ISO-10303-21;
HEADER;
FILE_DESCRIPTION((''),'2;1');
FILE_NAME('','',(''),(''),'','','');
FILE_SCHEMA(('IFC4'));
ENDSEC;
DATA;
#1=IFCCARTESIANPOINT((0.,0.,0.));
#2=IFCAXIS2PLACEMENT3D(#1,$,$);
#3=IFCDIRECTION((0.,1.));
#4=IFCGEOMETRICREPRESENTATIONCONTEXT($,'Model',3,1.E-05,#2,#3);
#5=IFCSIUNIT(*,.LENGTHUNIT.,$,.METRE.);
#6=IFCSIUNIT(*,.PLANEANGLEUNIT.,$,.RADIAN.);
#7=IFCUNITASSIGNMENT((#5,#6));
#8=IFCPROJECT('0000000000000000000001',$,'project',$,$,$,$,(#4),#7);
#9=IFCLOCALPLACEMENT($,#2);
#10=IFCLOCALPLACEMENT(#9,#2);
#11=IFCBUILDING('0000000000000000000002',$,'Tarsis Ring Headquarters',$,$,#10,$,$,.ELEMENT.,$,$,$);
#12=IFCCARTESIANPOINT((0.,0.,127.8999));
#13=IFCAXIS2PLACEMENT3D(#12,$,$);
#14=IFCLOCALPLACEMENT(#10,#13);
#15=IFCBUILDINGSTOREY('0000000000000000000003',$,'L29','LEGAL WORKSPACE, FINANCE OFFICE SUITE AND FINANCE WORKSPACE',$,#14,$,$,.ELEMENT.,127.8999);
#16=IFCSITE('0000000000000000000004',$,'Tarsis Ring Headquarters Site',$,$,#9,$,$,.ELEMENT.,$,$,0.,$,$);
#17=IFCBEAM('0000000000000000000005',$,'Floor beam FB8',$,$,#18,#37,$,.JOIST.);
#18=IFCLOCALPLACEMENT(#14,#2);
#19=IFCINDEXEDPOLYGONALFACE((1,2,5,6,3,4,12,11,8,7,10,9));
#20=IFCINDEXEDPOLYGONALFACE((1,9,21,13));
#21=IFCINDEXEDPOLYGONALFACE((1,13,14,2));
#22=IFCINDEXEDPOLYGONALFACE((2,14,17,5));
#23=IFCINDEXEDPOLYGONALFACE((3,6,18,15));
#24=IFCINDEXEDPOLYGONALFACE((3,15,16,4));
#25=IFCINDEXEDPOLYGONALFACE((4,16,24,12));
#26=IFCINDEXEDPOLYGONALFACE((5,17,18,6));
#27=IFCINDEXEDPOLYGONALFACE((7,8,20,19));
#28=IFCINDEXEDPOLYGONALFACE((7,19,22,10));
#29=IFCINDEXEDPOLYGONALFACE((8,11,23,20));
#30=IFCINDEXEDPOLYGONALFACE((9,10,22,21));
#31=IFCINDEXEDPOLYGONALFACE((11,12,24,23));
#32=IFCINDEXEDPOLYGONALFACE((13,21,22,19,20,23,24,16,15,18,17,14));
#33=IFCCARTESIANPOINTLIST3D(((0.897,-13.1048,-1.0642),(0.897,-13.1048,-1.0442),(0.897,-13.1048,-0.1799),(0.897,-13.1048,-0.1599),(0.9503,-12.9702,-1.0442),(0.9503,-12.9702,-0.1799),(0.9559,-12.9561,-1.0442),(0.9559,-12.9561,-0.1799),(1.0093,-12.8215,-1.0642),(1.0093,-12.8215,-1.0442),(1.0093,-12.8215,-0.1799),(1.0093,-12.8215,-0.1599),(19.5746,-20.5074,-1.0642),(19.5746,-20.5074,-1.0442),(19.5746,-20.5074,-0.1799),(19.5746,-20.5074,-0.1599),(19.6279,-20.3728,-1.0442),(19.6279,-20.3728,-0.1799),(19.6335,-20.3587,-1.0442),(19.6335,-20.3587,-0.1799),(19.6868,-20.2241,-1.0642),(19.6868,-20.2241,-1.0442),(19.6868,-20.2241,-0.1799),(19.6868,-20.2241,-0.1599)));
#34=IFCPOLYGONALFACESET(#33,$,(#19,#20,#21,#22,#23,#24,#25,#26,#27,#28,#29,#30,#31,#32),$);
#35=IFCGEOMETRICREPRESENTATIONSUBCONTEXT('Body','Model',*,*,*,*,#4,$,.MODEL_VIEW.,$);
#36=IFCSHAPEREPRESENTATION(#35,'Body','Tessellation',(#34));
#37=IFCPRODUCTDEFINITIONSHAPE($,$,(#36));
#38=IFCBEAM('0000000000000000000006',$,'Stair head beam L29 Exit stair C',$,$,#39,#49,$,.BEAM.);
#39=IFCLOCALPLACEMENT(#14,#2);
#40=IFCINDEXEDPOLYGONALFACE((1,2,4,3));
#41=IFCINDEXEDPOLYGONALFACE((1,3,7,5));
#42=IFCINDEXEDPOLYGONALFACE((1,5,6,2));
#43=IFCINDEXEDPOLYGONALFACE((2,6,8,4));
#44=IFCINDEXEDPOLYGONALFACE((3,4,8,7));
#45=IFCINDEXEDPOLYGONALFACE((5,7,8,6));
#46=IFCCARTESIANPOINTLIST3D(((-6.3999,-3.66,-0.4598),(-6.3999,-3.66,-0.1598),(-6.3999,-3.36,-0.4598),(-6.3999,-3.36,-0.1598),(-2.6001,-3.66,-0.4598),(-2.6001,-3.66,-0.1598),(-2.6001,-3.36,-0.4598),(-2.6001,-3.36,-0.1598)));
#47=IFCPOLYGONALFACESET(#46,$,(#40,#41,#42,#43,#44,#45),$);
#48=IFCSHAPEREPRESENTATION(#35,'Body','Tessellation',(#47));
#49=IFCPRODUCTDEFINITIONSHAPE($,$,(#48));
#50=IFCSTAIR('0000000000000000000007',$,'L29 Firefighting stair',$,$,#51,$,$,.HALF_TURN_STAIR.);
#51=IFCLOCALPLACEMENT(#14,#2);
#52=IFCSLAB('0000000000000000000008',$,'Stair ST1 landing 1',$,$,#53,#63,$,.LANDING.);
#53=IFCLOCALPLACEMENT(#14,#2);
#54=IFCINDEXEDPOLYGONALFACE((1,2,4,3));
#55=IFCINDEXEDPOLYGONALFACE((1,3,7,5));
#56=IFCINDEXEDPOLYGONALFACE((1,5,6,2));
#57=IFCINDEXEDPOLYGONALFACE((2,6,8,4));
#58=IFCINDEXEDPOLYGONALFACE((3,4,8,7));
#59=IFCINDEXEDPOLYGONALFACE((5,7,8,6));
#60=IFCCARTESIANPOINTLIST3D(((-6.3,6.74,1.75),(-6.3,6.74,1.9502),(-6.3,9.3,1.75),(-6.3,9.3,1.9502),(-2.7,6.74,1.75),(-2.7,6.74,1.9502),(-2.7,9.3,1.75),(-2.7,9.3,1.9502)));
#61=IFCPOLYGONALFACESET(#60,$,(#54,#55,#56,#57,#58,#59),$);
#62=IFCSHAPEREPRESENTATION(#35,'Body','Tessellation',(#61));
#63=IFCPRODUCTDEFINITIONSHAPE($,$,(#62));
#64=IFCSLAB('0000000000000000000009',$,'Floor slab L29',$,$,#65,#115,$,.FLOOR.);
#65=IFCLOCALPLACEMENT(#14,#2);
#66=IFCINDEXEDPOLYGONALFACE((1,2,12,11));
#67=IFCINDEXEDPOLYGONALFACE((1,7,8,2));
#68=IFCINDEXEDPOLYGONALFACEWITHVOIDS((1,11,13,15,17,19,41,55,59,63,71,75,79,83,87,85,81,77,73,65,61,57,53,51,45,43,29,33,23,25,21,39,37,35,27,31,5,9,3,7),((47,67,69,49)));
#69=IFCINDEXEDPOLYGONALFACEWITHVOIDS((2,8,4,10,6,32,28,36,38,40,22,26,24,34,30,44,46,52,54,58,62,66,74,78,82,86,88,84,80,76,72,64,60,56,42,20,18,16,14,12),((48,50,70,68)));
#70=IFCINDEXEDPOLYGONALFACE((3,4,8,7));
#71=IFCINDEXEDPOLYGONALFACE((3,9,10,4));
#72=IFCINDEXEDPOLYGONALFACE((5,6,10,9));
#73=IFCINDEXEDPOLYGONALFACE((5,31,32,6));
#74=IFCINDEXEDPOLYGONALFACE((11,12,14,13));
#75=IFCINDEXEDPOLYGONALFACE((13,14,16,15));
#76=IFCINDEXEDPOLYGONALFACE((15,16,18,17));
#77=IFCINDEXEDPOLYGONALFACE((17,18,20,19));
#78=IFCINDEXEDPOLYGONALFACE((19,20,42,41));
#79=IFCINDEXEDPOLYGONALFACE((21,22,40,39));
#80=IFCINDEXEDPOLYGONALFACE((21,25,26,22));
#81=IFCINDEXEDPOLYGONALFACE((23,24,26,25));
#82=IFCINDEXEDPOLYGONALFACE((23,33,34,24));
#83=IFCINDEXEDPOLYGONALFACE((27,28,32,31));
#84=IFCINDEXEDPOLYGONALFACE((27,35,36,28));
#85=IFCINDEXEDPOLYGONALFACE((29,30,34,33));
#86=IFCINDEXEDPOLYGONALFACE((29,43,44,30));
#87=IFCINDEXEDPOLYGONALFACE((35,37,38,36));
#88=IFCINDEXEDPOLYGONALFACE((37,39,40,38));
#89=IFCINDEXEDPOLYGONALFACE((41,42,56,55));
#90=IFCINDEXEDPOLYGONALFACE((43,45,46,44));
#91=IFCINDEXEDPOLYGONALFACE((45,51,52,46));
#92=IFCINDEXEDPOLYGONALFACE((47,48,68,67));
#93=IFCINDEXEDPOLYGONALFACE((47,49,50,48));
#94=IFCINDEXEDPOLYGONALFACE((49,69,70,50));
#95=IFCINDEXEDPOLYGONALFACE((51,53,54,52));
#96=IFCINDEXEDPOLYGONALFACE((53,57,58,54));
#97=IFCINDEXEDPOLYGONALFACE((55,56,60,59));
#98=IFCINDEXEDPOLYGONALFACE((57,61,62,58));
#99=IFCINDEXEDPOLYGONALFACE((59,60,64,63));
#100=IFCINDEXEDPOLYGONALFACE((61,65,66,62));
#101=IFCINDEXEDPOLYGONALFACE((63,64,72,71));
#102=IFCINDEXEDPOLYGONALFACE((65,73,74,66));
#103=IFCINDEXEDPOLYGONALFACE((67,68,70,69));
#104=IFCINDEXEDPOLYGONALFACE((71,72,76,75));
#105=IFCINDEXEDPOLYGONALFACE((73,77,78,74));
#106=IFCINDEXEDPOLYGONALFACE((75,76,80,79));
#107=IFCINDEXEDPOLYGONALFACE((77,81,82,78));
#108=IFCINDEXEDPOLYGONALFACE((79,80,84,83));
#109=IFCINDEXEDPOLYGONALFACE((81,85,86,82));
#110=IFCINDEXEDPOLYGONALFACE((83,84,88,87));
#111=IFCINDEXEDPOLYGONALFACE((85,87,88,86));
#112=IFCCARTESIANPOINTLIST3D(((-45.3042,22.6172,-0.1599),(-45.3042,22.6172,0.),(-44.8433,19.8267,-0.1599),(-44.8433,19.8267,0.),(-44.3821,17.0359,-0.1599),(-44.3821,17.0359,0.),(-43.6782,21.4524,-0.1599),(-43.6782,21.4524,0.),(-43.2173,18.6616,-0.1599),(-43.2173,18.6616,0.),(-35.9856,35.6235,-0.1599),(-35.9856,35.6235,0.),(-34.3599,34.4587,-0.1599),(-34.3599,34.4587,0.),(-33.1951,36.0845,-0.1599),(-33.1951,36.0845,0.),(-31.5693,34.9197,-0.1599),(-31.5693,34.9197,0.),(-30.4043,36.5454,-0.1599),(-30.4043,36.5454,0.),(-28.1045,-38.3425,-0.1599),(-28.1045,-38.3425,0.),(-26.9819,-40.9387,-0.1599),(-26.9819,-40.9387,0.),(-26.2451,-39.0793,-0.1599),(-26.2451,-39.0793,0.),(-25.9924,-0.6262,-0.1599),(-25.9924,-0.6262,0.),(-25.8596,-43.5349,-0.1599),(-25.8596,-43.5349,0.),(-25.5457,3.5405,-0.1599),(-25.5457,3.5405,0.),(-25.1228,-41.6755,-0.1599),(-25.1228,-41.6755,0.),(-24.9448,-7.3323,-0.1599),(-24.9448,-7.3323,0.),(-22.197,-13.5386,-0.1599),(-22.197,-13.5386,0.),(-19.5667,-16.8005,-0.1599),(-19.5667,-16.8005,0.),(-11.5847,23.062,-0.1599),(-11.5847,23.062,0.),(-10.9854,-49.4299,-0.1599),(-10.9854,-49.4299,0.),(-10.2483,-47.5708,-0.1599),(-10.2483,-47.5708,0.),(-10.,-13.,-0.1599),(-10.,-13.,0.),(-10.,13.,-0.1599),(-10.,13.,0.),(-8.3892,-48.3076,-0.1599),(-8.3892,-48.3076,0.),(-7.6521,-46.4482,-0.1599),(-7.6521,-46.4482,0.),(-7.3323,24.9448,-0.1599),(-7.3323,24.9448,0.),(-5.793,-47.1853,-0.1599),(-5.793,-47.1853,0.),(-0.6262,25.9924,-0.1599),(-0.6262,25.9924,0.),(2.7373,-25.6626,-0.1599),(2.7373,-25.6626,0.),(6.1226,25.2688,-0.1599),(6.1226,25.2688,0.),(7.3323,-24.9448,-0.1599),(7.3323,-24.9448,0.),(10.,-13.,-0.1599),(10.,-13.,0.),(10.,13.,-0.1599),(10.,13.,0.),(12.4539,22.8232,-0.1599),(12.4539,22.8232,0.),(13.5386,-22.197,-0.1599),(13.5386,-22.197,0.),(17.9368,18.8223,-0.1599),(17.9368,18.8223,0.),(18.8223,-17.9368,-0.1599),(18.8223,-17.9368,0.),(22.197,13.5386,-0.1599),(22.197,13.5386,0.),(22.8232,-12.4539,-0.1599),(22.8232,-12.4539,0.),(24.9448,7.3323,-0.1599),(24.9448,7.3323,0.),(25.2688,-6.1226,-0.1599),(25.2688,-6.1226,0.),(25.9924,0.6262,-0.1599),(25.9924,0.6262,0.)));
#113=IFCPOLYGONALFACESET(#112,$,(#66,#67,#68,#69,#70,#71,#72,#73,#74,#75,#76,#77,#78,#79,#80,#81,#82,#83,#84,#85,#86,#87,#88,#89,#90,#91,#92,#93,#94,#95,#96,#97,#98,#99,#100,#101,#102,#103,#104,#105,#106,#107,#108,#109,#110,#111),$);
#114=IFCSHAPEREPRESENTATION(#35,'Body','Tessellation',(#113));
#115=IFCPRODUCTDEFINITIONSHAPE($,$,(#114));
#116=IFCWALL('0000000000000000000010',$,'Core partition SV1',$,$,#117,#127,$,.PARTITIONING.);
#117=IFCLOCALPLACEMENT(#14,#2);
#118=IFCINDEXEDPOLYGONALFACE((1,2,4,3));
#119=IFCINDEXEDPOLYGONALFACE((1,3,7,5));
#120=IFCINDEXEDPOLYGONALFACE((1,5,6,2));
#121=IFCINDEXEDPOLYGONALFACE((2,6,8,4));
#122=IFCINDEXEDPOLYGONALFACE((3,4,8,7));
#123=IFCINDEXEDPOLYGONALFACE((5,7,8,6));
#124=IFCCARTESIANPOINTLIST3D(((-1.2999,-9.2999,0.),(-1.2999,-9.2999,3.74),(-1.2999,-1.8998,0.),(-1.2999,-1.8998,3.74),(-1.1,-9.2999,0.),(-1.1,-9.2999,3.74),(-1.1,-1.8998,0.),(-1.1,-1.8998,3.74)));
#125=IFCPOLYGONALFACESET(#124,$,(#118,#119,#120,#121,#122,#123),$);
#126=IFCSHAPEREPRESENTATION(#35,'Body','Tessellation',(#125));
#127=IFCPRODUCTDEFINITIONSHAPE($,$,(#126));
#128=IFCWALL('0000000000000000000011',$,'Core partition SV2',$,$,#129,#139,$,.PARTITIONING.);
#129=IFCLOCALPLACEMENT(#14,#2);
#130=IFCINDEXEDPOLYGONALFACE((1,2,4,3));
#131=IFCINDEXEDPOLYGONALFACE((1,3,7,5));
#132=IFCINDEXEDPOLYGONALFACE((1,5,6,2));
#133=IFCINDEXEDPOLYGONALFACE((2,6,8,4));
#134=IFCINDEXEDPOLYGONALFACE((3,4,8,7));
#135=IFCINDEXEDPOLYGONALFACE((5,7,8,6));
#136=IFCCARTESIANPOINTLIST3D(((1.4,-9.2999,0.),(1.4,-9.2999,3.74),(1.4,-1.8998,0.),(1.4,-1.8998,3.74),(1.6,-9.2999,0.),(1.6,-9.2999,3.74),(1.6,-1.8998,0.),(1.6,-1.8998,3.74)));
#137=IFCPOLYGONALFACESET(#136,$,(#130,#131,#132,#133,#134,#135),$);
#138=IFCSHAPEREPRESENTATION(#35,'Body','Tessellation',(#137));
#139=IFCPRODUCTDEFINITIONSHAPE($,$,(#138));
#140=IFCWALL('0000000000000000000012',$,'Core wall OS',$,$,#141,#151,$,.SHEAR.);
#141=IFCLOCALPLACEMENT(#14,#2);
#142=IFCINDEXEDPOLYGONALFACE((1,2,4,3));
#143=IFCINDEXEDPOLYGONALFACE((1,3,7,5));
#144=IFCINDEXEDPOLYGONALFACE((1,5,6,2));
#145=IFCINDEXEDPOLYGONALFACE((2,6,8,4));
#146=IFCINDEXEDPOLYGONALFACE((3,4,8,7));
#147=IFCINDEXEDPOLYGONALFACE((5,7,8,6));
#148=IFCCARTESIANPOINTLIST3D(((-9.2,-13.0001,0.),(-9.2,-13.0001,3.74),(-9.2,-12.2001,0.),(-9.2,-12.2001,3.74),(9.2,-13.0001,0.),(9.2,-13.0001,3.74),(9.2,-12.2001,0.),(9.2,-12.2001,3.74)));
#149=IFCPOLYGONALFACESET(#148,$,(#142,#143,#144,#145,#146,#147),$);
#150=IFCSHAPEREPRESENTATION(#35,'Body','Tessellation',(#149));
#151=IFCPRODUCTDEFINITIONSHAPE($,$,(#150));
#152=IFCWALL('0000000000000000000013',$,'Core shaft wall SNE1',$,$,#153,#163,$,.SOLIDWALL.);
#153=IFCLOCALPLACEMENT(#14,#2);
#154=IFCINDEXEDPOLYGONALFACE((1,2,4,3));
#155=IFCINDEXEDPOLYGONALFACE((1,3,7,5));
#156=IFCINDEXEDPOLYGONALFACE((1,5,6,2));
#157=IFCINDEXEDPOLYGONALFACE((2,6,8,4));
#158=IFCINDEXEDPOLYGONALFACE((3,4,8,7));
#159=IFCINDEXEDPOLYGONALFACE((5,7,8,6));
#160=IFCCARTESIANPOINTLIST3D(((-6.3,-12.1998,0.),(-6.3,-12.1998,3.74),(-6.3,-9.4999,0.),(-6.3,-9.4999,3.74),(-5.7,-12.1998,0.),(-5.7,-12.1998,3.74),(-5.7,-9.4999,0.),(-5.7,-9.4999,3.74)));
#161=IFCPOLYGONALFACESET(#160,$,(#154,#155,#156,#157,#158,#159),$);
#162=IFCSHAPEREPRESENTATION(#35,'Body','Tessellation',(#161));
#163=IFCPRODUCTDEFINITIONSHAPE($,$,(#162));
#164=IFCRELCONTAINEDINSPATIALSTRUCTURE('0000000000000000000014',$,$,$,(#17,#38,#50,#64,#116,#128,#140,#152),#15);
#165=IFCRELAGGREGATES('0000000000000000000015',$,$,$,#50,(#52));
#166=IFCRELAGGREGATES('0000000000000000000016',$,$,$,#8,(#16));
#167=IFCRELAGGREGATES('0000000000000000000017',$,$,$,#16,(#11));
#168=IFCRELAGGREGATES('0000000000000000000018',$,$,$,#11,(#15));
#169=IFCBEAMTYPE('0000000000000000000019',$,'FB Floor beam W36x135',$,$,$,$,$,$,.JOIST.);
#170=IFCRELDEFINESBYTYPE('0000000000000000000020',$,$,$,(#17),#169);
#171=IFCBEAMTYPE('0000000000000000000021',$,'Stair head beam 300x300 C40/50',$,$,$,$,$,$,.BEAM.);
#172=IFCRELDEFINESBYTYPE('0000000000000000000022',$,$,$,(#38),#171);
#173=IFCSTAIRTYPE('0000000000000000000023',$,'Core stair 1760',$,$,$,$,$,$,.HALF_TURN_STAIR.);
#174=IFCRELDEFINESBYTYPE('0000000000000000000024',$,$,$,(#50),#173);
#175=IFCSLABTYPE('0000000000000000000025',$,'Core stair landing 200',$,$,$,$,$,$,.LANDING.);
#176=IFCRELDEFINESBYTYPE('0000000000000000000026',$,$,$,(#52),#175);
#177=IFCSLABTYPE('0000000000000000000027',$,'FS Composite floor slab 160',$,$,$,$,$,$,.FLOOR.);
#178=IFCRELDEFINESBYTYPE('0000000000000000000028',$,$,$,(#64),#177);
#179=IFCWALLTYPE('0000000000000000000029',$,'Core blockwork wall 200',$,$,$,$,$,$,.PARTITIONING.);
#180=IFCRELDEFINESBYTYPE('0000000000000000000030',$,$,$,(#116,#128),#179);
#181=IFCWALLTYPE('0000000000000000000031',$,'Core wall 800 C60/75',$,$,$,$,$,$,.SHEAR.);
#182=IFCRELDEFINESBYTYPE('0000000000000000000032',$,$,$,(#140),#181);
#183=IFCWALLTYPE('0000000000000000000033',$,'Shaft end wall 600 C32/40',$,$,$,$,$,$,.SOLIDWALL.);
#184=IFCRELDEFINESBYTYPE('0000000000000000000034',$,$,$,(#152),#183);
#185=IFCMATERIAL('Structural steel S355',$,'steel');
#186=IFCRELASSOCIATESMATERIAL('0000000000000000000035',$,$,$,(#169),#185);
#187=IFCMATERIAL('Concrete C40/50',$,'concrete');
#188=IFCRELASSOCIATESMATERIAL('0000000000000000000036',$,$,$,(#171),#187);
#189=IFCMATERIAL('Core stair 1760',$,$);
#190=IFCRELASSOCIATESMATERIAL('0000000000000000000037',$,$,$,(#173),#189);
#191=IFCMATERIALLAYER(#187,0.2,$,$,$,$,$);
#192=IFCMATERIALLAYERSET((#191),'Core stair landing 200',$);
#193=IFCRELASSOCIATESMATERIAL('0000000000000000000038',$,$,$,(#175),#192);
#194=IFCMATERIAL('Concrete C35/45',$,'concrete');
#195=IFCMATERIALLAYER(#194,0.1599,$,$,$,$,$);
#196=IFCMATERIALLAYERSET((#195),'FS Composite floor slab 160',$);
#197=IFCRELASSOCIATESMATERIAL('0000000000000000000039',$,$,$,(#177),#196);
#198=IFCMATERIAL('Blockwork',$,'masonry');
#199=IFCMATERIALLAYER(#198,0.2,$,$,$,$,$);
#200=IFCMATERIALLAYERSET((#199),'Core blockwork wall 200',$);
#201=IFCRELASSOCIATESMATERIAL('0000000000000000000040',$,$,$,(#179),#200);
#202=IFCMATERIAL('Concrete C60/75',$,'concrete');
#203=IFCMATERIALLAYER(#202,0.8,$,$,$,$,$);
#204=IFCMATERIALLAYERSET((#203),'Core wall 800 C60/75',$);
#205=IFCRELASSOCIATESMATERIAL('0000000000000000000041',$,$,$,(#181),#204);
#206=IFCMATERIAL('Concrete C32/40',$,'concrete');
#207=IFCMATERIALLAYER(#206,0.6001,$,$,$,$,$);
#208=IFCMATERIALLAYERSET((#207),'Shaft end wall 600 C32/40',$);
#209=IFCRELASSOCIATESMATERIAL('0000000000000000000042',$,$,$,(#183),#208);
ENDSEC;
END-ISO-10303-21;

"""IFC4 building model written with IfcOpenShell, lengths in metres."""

from ifc_helpers import new_model, si_unit, direction, frame, frame_2d, origin, origin_2d, place, context, subcontext, project, spatial, polyline, rectangle, i_section, outline, extrude, material, layer, layer_set, material_profile, profile_set, type_object, element, aggregate, save


model = new_model("IFC4")

# Units and contexts
model_context = context("Model", 3, precision=1e-05, world=origin(), true_north=direction((0.0, 1.0)))
body_context = subcontext(model_context, "Body", "Model", "MODEL_VIEW")
ifc_project = project(units=[si_unit("LENGTHUNIT", "METRE"), si_unit("PLANEANGLEUNIT", "RADIAN")], contexts=[model_context])

# Site, building, storey
site_placement = place(None, origin())
site = spatial("IfcSite", under=ifc_project, at=site_placement, Name="Tarsis Ring Headquarters Site", CompositionType="ELEMENT", RefElevation=0.0)
building_placement = place(site_placement, origin())
building = spatial("IfcBuilding", under=site, at=building_placement, Name="Tarsis Ring Headquarters", CompositionType="ELEMENT")
storey_placement = place(building_placement, frame((0.0, 0.0, 127.8999)))
storey = spatial("IfcBuildingStorey", under=building, at=storey_placement, Name="L29", Description="LEGAL WORKSPACE, FINANCE OFFICE SUITE AND FINANCE WORKSPACE", CompositionType="ELEMENT", Elevation=127.8999)

# Beams
ifc_material_1 = material(Name="Structural steel S355", Category="steel")
ifc_material_profile_1 = material_profile(ifc_material_1, i_section(OverallWidth=0.3047, OverallDepth=0.9043, WebThickness=0.0151, FlangeThickness=0.02, at=origin_2d()), Name="W36x135")
ifc_profile_set_1 = profile_set([ifc_material_profile_1], Name="Structural steel S355")
beam_type_1 = type_object("IfcBeamType", Name="FB Floor beam W36x135", PredefinedType="JOIST", material=ifc_profile_set_1)
beam_1_placement = place(storey_placement, frame((0.9531, -12.9631, -0.6121), z_axis=(0.929646, -0.368454, 0.0), x_axis=(0.368454, 0.929646, 0.0)))
element("IfcBeam", 1, at=beam_1_placement, inside=storey, type_object=beam_type_1, Name="Floor beam FB8", PredefinedType="JOIST", context=body_context, shape_type="SweptSolid", body=[
    extrude(i_section(OverallWidth=0.3047, OverallDepth=0.9043, WebThickness=0.0151, FlangeThickness=0.02, at=origin_2d()), origin(), (0.0, 0.0, 1.0), 20.0911),
])
ifc_material_2 = material(Name="Concrete C40/50", Category="concrete")
ifc_material_profile_2 = material_profile(ifc_material_2, rectangle(XDim=0.3, YDim=0.3, at=origin_2d()), Name="Stair head beam 300x300 C40/50")
ifc_profile_set_2 = profile_set([ifc_material_profile_2], Name="Concrete C40/50")
beam_type_2 = type_object("IfcBeamType", Name="Stair head beam 300x300 C40/50", PredefinedType="BEAM", material=ifc_profile_set_2)
beam_2_placement = place(storey_placement, frame((-6.3999, -3.51, -0.3098), z_axis=(1.0, 0.0, 0.0), x_axis=(0.0, 1.0, 0.0)))
element("IfcBeam", 2, at=beam_2_placement, inside=storey, type_object=beam_type_2, Name="Stair head beam L29 Exit stair C", PredefinedType="BEAM", context=body_context, shape_type="SweptSolid", body=[
    extrude(rectangle(XDim=0.3, YDim=0.3, at=origin_2d()), origin(), (0.0, 0.0, 1.0), 3.7998),
])

# Stair, slab
ifc_material_3 = material(Name="Core stair 1760")
stair_type = type_object("IfcStairType", Name="Core stair 1760", PredefinedType="HALF_TURN_STAIR", material=ifc_material_3)
stair_placement = place(storey_placement, origin())
stair = element("IfcStair", 3, at=stair_placement, inside=storey, type_object=stair_type, Name="L29 Firefighting stair", PredefinedType="HALF_TURN_STAIR")
ifc_layer_1 = layer(ifc_material_2, 0.2)
ifc_layer_set_1 = layer_set([ifc_layer_1], Name="Core stair landing 200")
slab_type_1 = type_object("IfcSlabType", Name="Core stair landing 200", PredefinedType="LANDING", material=ifc_layer_set_1)
slab_1_placement = place(storey_placement, frame((0.0, 0.0, 1.75)))
slab_1 = element("IfcSlab", 4, at=slab_1_placement, type_object=slab_type_1, Name="Stair ST1 landing 1", PredefinedType="LANDING", context=body_context, shape_type="SweptSolid", body=[
    extrude(outline(polyline([(-2.7, 6.74), (-2.7, 9.3), (-6.3, 9.3), (-6.3, 6.74), (-2.7, 6.74)])), origin(), (0.0, 0.0, 1.0), 0.2002),
])
aggregate(stair, [slab_1])

# Slab
ifc_material_4 = material(Name="Concrete C35/45", Category="concrete")
ifc_layer_2 = layer(ifc_material_4, 0.1599)
ifc_layer_set_2 = layer_set([ifc_layer_2], Name="FS Composite floor slab 160")
slab_type_2 = type_object("IfcSlabType", Name="FS Composite floor slab 160", PredefinedType="FLOOR", material=ifc_layer_set_2)
slab_2_placement = place(storey_placement, frame((0.0, 0.0, -0.1599)))
element("IfcSlab", 5, at=slab_2_placement, inside=storey, type_object=slab_type_2, Name="Floor slab L29", PredefinedType="FLOOR", context=body_context, shape_type="SweptSolid", body=[
    extrude(outline(polyline([(-25.5457, 3.5405), (-25.9924, -0.6262), (-24.9448, -7.3323), (-22.197, -13.5386), (-19.5667, -16.8005), (-28.1045, -38.3425), (-26.2451, -39.0793), (-26.9819, -40.9387), (-25.1228, -41.6755), (-25.8596, -43.5349), (-10.9854, -49.4299), (-10.2483, -47.5708), (-8.3892, -48.3076), (-7.6521, -46.4482), (-5.793, -47.1853), (2.7373, -25.6626), (7.3323, -24.9448), (13.5386, -22.197), (18.8223, -17.9368), (22.8232, -12.4539), (25.2688, -6.1226), (25.9924, 0.6262), (24.9448, 7.3323), (22.197, 13.5386), (17.9368, 18.8223), (12.4539, 22.8232), (6.1226, 25.2688), (-0.6262, 25.9924), (-7.3323, 24.9448), (-11.5847, 23.062), (-30.4043, 36.5454), (-31.5693, 34.9197), (-33.1951, 36.0845), (-34.3599, 34.4587), (-35.9856, 35.6235), (-45.3042, 22.6172), (-43.6782, 21.4524), (-44.8433, 19.8267), (-43.2173, 18.6616), (-44.3821, 17.0359), (-25.5457, 3.5405)]), holes=[polyline([(-10.0, -13.0), (-10.0, 13.0), (10.0, 13.0), (10.0, -13.0), (-10.0, -13.0)])]), origin(), (0.0, 0.0, 1.0), 0.1599),
])

# Walls
ifc_material_5 = material(Name="Blockwork", Category="masonry")
ifc_layer_3 = layer(ifc_material_5, 0.2)
ifc_layer_set_3 = layer_set([ifc_layer_3], Name="Core blockwork wall 200")
wall_type_1 = type_object("IfcWallType", Name="Core blockwork wall 200", PredefinedType="PARTITIONING", material=ifc_layer_set_3)
for number, where, z_axis, x_axis, name in (
    (6, (-1.2, -9.3, 0.0), (0.0, 0.0, 1.0), (0.0, 1.0, 0.0), "Core partition SV1"),
    (7, (1.5, -9.3, 0.0), (0.0, 0.0, 1.0), (0.0, 1.0, 0.0), "Core partition SV2"),
):
    element("IfcWall", number, at=place(storey_placement, frame(where, z_axis=z_axis, x_axis=x_axis)), inside=storey, type_object=wall_type_1, Name=name, PredefinedType="PARTITIONING", context=body_context, shape_type="SweptSolid", body=[
        extrude(rectangle(XDim=7.4001, YDim=0.2, at=frame_2d((3.7002, 0.0))), origin(), (0.0, 0.0, 1.0), 3.74),
    ])
ifc_material_6 = material(Name="Concrete C60/75", Category="concrete")
ifc_layer_4 = layer(ifc_material_6, 0.8)
ifc_layer_set_4 = layer_set([ifc_layer_4], Name="Core wall 800 C60/75")
wall_type_2 = type_object("IfcWallType", Name="Core wall 800 C60/75", PredefinedType="SHEAR", material=ifc_layer_set_4)
wall_1_placement = place(storey_placement, frame((-9.2, -12.6001, 0.0), z_axis=(0.0, 0.0, 1.0), x_axis=(1.0, 0.0, 0.0)))
element("IfcWall", 8, at=wall_1_placement, inside=storey, type_object=wall_type_2, Name="Core wall OS", PredefinedType="SHEAR", context=body_context, shape_type="SweptSolid", body=[
    extrude(rectangle(XDim=18.3999, YDim=0.8, at=frame_2d((9.2, 0.0))), origin(), (0.0, 0.0, 1.0), 3.74),
])
ifc_material_7 = material(Name="Concrete C32/40", Category="concrete")
ifc_layer_5 = layer(ifc_material_7, 0.6001)
ifc_layer_set_5 = layer_set([ifc_layer_5], Name="Shaft end wall 600 C32/40")
wall_type_3 = type_object("IfcWallType", Name="Shaft end wall 600 C32/40", PredefinedType="SOLIDWALL", material=ifc_layer_set_5)
wall_2_placement = place(storey_placement, frame((-6.0, -12.2, 0.0), z_axis=(0.0, 0.0, 1.0), x_axis=(0.0, 1.0, 0.0)))
element("IfcWall", 9, at=wall_2_placement, inside=storey, type_object=wall_type_3, Name="Core shaft wall SNE1", PredefinedType="SOLIDWALL", context=body_context, shape_type="SweptSolid", body=[
    extrude(rectangle(XDim=2.7, YDim=0.6001, at=frame_2d((1.3501, 0.0))), origin(), (0.0, 0.0, 1.0), 3.74),
])

save(model, "model.ifc")
